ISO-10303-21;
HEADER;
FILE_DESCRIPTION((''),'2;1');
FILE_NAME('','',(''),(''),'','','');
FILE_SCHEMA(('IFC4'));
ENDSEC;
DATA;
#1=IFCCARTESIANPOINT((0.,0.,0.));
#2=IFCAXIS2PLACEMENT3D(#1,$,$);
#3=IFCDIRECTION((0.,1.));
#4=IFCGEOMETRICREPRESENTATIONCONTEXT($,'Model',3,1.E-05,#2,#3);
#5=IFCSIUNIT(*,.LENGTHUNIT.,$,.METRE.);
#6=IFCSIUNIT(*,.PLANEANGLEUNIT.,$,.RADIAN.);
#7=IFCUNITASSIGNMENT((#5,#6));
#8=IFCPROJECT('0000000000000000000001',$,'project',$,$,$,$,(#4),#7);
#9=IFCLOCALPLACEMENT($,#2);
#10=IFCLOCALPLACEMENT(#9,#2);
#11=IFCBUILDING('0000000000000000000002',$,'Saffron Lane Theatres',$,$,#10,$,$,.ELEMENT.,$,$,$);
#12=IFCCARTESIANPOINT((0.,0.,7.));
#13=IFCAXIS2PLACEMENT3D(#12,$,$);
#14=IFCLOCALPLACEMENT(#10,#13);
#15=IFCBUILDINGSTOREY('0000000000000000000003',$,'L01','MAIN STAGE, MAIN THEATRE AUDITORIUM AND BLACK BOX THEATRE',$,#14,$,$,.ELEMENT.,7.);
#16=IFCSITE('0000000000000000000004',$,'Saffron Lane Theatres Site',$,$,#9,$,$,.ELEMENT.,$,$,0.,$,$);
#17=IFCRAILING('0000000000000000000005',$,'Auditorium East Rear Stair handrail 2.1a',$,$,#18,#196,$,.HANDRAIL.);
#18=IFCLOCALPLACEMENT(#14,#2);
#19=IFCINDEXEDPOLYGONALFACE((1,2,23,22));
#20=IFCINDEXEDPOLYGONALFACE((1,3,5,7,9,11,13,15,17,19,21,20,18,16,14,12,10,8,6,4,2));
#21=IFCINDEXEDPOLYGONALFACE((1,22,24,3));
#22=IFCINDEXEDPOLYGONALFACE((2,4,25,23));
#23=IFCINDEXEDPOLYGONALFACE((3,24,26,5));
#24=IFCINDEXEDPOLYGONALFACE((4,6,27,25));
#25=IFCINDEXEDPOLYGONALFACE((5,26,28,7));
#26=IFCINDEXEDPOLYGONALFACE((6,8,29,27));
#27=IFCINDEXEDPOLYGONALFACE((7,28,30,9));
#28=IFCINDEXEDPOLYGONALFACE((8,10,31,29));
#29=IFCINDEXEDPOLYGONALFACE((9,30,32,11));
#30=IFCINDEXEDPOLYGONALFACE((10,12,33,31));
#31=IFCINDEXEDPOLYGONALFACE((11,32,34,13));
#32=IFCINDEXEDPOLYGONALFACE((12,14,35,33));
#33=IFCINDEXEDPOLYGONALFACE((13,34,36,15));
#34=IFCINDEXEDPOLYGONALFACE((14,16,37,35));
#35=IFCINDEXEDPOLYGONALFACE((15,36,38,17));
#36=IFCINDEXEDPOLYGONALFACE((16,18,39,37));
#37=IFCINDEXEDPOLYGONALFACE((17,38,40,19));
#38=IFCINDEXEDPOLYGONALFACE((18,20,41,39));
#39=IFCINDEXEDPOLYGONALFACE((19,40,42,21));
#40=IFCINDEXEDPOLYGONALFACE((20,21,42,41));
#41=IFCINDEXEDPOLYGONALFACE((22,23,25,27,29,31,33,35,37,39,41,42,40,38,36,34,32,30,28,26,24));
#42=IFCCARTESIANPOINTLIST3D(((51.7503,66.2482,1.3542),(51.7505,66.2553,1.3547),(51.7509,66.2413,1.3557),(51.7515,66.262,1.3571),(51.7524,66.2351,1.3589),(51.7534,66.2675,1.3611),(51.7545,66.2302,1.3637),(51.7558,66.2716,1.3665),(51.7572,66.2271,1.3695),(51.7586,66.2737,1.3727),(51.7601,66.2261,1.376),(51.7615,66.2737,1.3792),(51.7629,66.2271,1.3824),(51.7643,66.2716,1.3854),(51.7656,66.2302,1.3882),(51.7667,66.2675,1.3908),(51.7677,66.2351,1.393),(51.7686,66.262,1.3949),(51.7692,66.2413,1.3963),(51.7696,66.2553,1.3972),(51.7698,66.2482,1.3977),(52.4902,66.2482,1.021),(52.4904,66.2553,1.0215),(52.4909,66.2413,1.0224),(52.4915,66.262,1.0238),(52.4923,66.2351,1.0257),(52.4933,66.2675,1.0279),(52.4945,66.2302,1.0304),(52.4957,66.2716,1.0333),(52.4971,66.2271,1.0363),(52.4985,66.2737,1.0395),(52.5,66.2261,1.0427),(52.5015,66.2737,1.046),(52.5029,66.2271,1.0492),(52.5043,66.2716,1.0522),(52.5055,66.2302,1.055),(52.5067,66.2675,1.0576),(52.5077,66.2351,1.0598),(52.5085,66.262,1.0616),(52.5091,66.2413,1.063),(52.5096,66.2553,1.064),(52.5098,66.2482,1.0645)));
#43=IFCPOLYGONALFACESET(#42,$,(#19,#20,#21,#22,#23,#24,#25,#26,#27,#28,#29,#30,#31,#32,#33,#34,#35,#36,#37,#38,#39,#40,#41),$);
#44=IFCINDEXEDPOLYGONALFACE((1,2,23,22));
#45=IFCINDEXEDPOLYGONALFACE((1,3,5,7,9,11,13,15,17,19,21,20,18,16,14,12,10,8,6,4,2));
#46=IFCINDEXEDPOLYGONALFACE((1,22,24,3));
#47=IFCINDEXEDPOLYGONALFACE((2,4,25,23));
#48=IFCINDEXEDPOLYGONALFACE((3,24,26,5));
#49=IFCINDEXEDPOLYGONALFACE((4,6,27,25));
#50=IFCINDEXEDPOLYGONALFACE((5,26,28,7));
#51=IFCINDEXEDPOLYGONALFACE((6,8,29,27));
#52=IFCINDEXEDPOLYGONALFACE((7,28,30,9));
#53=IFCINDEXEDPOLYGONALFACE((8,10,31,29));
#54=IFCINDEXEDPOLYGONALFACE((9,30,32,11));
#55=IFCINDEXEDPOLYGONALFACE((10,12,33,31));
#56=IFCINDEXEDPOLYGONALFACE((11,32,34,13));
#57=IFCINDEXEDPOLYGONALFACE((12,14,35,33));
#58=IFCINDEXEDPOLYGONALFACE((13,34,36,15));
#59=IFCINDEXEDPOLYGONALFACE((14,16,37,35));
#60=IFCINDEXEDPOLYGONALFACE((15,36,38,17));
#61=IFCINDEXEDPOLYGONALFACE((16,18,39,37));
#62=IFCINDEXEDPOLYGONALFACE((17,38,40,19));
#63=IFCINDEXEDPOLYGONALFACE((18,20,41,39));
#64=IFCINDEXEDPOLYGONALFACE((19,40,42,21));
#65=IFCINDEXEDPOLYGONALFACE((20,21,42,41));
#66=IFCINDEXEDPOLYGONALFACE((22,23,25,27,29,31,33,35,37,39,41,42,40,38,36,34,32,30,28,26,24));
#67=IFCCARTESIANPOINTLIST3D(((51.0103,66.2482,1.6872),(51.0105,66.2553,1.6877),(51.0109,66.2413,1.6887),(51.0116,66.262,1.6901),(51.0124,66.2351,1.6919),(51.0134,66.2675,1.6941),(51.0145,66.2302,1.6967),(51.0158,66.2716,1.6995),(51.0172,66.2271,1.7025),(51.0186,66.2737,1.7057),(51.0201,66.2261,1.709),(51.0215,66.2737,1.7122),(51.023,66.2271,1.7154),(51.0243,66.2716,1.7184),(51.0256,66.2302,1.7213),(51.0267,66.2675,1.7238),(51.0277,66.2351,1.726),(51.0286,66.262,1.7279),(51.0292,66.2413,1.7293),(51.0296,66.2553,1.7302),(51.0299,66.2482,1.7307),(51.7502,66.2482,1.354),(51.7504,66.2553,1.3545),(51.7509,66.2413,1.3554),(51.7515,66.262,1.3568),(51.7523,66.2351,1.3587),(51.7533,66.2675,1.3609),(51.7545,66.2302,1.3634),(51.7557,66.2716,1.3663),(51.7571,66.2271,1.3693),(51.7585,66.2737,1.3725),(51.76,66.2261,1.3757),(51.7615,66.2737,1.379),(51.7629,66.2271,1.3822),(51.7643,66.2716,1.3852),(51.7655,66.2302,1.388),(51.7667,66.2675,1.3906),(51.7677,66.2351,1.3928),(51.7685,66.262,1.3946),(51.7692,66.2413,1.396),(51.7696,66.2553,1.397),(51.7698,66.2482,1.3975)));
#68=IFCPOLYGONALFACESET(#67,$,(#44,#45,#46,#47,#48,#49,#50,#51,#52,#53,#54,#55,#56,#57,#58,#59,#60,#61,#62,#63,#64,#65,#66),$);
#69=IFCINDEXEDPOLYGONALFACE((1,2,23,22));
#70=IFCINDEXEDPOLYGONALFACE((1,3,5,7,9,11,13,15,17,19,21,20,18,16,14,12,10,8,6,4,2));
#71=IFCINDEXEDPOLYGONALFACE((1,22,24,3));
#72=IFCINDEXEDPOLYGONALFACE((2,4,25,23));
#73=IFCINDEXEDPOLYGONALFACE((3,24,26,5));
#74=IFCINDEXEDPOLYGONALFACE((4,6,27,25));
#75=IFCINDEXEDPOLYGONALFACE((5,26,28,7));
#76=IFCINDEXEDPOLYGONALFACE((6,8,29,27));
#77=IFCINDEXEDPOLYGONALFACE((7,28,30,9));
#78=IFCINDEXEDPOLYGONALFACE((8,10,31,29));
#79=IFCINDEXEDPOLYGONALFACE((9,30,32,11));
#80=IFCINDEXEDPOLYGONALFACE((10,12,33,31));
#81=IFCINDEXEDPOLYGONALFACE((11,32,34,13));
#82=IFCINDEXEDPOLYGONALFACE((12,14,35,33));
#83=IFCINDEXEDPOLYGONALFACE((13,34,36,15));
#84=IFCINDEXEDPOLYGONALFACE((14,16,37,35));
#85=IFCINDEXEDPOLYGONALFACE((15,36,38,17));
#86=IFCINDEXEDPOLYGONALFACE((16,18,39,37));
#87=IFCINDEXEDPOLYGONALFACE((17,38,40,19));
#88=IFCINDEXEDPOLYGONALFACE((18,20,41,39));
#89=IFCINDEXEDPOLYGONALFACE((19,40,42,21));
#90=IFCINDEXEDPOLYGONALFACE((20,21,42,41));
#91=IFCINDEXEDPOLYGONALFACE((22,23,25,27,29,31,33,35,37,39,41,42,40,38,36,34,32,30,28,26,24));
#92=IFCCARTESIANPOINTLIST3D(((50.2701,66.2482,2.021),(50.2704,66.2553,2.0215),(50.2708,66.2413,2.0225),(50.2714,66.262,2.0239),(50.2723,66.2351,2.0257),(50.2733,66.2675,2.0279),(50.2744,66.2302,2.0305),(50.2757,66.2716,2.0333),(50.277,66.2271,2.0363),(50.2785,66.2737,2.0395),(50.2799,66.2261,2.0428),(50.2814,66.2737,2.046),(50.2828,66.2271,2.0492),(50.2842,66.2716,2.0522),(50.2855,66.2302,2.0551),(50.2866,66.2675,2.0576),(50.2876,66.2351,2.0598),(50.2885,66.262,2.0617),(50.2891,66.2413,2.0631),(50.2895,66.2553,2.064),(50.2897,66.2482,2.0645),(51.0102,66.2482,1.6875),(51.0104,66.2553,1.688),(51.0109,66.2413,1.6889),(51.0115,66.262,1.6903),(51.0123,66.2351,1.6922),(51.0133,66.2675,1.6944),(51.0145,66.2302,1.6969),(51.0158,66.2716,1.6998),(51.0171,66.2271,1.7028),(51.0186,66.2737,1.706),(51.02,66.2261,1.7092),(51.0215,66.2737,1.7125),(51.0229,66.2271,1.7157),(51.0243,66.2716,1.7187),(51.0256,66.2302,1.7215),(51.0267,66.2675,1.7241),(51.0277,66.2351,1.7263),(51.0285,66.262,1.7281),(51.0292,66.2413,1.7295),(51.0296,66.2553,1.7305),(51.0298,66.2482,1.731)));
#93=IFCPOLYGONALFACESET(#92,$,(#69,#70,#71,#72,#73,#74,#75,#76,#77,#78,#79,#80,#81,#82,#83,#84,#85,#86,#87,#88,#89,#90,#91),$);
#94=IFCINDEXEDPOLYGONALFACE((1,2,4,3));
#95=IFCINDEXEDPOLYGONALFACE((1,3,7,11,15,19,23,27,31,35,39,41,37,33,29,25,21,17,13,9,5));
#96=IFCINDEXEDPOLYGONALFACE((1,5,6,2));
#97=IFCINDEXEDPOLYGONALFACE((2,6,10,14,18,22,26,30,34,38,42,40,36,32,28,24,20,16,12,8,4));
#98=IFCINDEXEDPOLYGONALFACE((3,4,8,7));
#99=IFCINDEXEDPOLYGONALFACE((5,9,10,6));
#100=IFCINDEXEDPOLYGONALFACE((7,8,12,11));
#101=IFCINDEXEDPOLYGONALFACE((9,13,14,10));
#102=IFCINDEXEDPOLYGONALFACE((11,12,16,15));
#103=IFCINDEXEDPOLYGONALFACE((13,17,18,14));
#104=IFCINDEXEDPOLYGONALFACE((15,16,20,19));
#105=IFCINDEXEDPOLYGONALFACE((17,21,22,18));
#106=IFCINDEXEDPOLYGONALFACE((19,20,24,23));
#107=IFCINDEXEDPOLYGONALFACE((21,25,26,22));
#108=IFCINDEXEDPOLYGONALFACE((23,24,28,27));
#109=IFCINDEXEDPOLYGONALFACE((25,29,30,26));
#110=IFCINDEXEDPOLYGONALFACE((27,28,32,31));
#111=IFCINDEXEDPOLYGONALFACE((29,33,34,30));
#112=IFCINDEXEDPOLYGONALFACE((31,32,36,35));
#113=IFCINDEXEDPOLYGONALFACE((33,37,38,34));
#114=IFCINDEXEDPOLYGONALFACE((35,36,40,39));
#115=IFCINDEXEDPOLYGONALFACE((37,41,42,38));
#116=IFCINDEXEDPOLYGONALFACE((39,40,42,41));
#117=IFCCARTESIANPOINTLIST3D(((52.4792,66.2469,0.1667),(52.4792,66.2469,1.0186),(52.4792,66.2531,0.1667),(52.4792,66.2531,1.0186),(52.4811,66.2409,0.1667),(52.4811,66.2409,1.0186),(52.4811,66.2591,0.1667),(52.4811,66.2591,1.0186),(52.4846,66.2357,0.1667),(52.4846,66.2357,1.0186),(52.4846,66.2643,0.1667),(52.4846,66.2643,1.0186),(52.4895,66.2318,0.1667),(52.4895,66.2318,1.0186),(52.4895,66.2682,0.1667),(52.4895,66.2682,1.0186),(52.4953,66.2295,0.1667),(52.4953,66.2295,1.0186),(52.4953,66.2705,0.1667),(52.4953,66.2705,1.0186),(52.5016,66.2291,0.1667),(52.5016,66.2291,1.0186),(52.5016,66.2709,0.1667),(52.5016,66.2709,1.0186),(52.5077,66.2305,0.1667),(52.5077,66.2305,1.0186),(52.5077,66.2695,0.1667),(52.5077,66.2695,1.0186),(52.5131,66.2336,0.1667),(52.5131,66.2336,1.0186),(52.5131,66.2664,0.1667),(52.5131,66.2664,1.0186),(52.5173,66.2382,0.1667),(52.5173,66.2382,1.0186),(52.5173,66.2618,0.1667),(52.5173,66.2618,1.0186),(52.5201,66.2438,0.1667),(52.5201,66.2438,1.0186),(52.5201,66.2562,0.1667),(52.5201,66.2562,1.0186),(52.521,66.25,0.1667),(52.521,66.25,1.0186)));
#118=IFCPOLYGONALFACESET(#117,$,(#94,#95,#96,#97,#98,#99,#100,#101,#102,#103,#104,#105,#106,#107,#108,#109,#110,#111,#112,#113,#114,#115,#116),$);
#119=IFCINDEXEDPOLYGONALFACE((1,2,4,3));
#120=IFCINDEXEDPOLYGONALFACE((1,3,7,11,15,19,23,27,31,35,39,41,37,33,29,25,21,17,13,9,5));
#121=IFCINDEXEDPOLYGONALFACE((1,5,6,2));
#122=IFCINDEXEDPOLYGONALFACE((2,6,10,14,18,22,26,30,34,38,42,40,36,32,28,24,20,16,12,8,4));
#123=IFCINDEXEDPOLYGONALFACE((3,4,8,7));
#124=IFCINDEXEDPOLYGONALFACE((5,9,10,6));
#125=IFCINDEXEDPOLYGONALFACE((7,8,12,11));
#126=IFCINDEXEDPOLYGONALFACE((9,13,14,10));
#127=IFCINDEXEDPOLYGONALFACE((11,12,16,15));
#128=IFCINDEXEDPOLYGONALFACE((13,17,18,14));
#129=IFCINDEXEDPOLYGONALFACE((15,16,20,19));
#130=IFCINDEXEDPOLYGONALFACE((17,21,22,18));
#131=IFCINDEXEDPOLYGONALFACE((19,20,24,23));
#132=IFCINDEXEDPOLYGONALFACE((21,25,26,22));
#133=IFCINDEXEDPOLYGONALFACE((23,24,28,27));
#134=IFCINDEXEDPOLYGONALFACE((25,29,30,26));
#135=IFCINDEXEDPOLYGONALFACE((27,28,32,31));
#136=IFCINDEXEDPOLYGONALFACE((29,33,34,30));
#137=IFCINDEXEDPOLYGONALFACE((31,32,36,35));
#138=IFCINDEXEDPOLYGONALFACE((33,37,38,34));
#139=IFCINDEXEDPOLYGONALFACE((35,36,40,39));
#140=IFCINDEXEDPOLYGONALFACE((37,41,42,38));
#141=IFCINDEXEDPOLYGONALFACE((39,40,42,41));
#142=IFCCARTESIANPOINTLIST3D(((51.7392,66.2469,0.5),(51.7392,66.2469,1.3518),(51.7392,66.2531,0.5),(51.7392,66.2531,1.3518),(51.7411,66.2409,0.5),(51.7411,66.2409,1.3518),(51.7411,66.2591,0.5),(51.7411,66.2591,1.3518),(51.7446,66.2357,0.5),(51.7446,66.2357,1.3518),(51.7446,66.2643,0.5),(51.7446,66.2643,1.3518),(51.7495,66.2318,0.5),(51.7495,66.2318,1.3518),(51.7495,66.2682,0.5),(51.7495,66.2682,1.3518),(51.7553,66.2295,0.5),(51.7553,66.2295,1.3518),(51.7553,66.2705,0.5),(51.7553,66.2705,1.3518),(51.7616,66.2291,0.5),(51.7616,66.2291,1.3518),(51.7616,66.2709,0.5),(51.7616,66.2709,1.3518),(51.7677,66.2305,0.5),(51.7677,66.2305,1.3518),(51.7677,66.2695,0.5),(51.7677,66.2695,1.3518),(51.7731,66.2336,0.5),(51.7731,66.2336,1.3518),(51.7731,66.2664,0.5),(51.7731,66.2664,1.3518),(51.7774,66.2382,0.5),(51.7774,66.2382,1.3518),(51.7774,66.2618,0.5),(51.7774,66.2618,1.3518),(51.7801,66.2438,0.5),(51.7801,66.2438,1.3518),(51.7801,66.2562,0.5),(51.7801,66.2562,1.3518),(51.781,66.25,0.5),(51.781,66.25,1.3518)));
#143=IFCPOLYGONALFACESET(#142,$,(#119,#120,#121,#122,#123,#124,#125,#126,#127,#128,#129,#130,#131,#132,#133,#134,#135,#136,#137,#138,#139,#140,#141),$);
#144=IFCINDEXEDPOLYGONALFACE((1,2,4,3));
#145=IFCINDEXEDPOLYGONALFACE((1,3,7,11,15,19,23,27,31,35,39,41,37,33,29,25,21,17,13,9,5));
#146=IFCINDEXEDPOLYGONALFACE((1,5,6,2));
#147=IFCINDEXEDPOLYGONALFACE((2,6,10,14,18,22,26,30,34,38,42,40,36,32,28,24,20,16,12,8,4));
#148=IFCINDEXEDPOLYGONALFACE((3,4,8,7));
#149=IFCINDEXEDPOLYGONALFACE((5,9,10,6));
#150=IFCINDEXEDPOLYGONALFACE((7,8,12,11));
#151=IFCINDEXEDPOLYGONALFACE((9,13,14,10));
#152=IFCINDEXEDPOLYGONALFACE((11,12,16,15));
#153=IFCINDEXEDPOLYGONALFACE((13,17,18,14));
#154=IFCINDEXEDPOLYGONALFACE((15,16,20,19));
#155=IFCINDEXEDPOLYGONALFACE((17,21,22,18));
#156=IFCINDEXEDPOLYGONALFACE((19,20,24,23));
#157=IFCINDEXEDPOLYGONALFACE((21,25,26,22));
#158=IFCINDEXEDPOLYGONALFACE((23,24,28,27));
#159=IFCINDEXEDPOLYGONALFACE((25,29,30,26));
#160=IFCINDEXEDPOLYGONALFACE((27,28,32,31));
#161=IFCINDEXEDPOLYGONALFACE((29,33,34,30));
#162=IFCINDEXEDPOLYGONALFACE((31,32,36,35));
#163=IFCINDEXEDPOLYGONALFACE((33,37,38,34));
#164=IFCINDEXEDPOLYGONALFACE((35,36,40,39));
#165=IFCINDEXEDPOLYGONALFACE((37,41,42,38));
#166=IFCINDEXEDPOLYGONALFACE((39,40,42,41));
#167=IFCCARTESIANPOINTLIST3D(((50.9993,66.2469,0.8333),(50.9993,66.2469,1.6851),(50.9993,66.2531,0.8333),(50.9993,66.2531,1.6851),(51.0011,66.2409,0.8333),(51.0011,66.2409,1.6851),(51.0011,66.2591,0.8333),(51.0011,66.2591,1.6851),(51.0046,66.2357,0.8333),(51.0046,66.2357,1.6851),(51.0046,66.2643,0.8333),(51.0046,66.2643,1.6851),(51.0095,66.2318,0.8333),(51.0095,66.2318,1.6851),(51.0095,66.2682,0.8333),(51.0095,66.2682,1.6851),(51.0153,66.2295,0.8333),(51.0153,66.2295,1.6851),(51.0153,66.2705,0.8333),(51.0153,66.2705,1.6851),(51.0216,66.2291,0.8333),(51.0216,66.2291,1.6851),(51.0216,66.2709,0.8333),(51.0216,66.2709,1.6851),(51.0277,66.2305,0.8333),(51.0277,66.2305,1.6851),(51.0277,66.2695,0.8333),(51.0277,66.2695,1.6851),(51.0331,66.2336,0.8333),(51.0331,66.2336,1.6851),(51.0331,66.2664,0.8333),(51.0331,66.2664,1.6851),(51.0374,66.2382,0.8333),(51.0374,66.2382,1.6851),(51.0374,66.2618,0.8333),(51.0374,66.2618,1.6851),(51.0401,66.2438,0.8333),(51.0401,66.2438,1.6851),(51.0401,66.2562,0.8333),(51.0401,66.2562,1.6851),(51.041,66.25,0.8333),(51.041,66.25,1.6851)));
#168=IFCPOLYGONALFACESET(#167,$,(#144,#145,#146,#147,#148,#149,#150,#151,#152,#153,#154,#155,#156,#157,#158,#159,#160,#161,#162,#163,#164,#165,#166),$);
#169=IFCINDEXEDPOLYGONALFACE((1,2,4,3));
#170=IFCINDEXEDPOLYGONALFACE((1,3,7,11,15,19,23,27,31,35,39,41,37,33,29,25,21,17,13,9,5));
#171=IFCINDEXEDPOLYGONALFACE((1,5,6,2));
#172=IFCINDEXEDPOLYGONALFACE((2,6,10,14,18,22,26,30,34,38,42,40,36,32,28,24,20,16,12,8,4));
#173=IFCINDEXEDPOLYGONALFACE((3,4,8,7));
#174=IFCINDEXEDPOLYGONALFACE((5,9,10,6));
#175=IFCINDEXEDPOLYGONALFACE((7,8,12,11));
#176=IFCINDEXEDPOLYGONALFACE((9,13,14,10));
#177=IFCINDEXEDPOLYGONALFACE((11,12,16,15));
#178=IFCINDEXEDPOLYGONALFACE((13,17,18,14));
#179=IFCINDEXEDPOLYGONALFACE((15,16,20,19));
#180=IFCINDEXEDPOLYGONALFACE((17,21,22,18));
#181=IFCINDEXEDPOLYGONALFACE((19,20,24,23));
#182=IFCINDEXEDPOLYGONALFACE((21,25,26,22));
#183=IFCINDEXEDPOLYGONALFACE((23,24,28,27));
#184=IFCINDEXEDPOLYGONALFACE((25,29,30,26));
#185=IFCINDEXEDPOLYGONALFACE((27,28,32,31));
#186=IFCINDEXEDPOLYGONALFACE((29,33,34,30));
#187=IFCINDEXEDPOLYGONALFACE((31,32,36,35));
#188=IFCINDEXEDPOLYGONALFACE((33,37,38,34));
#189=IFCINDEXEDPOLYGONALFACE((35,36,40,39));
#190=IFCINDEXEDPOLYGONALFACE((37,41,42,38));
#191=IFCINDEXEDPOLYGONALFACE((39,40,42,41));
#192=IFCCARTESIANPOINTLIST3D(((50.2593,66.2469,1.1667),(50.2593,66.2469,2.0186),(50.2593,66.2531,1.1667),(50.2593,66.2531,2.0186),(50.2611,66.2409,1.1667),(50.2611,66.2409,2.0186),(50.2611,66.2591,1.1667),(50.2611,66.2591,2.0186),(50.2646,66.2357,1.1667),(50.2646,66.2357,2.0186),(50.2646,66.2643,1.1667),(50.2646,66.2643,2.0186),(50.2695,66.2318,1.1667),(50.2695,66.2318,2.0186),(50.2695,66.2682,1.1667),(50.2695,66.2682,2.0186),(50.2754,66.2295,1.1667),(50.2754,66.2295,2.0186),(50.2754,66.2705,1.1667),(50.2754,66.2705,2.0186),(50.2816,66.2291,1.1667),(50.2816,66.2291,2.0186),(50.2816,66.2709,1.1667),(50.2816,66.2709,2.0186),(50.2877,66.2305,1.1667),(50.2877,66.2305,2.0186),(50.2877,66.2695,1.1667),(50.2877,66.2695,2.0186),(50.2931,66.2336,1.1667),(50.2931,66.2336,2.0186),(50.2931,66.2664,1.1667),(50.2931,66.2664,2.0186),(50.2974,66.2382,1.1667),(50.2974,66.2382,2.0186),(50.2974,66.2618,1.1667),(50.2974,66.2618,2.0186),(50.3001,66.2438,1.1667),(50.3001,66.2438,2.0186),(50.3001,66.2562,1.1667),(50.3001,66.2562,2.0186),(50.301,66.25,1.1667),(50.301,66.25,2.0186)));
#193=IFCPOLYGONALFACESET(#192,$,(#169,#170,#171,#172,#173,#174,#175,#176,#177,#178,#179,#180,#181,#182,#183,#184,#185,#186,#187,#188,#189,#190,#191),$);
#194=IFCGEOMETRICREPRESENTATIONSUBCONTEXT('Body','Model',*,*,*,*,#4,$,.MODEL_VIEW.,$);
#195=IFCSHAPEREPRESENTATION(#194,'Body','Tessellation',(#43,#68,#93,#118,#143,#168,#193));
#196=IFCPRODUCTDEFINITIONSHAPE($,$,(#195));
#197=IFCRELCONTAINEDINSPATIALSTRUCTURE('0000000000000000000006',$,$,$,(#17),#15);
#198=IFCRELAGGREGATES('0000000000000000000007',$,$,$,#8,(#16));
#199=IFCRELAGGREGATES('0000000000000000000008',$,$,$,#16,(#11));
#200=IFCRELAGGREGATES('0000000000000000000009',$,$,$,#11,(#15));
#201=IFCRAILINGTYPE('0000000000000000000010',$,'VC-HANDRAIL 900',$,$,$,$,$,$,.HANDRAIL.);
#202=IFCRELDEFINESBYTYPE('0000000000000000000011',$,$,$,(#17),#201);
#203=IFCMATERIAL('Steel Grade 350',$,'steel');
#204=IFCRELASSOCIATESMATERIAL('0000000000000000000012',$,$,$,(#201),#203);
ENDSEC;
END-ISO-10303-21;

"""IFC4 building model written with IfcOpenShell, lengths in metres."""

from ifc_helpers import new_model, si_unit, direction, frame, origin, origin_2d, place, context, subcontext, project, spatial, circle, extrude, material, type_object, element, save


model = new_model("IFC4")

# Units and contexts
model_context = context("Model", 3, precision=1e-05, world=origin(), true_north=direction((0.0, 1.0)))
body_context = subcontext(model_context, "Body", "Model", "MODEL_VIEW")
ifc_project = project(units=[si_unit("LENGTHUNIT", "METRE"), si_unit("PLANEANGLEUNIT", "RADIAN")], contexts=[model_context])

# Site, building, storey
site_placement = place(None, origin())
site = spatial("IfcSite", under=ifc_project, at=site_placement, Name="Saffron Lane Theatres Site", CompositionType="ELEMENT", RefElevation=0.0)
building_placement = place(site_placement, origin())
building = spatial("IfcBuilding", under=site, at=building_placement, Name="Saffron Lane Theatres", CompositionType="ELEMENT")
storey_placement = place(building_placement, frame((0.0, 0.0, 7.0)))
storey = spatial("IfcBuildingStorey", under=building, at=storey_placement, Name="L01", Description="MAIN STAGE, MAIN THEATRE AUDITORIUM AND BLACK BOX THEATRE", CompositionType="ELEMENT", Elevation=7.0)

# Railing
ifc_material_1 = material(Name="Steel Grade 350", Category="steel")
railing_type_1 = type_object("IfcRailingType", Name="VC-HANDRAIL 900", PredefinedType="HANDRAIL", material=ifc_material_1)
for number, where, name in (
    (1, (52.5, 66.25, 0.1667), "Auditorium East Rear Stair handrail 2.1a"),
):
    element("IfcRailing", number, at=place(storey_placement, frame(where)), inside=storey, type_object=railing_type_1, Name=name, PredefinedType="HANDRAIL", context=body_context, shape_type="SweptSolid", body=[
        extrude(circle(Radius=0.0239, at=origin_2d()), frame((0.0, 0.0, 0.876), z_axis=(-0.911803, 0.0, 0.410627), x_axis=(0.0, -1.0, 0.0)), (0.0, 0.0, 1.0), 0.8115),
        extrude(circle(Radius=0.0239, at=origin_2d()), frame((-0.74, 0.0, 1.209), z_axis=(-0.911803, 0.0, 0.410627), x_axis=(0.0, -1.0, 0.0)), (0.0, 0.0, 1.0), 0.8115),
        extrude(circle(Radius=0.0239, at=origin_2d()), frame((-1.48, 0.0, 1.5425), z_axis=(-0.911691, 0.0, 0.410877), x_axis=(0.0, -1.0, 0.0)), (0.0, 0.0, 1.0), 0.8118),
        extrude(circle(Radius=0.021, at=origin_2d()), origin(), (0.0, 0.0, 1.0), 0.8518),
        extrude(circle(Radius=0.021, at=origin_2d()), frame((-0.74, 0.0, 0.3333)), (0.0, 0.0, 1.0), 0.8518),
        extrude(circle(Radius=0.021, at=origin_2d()), frame((-1.48, 0.0, 0.6665)), (0.0, 0.0, 1.0), 0.8518),
        extrude(circle(Radius=0.021, at=origin_2d()), frame((-2.22, 0.0, 1.0)), (0.0, 0.0, 1.0), 0.8518),
    ])

save(model, "model.ifc")
